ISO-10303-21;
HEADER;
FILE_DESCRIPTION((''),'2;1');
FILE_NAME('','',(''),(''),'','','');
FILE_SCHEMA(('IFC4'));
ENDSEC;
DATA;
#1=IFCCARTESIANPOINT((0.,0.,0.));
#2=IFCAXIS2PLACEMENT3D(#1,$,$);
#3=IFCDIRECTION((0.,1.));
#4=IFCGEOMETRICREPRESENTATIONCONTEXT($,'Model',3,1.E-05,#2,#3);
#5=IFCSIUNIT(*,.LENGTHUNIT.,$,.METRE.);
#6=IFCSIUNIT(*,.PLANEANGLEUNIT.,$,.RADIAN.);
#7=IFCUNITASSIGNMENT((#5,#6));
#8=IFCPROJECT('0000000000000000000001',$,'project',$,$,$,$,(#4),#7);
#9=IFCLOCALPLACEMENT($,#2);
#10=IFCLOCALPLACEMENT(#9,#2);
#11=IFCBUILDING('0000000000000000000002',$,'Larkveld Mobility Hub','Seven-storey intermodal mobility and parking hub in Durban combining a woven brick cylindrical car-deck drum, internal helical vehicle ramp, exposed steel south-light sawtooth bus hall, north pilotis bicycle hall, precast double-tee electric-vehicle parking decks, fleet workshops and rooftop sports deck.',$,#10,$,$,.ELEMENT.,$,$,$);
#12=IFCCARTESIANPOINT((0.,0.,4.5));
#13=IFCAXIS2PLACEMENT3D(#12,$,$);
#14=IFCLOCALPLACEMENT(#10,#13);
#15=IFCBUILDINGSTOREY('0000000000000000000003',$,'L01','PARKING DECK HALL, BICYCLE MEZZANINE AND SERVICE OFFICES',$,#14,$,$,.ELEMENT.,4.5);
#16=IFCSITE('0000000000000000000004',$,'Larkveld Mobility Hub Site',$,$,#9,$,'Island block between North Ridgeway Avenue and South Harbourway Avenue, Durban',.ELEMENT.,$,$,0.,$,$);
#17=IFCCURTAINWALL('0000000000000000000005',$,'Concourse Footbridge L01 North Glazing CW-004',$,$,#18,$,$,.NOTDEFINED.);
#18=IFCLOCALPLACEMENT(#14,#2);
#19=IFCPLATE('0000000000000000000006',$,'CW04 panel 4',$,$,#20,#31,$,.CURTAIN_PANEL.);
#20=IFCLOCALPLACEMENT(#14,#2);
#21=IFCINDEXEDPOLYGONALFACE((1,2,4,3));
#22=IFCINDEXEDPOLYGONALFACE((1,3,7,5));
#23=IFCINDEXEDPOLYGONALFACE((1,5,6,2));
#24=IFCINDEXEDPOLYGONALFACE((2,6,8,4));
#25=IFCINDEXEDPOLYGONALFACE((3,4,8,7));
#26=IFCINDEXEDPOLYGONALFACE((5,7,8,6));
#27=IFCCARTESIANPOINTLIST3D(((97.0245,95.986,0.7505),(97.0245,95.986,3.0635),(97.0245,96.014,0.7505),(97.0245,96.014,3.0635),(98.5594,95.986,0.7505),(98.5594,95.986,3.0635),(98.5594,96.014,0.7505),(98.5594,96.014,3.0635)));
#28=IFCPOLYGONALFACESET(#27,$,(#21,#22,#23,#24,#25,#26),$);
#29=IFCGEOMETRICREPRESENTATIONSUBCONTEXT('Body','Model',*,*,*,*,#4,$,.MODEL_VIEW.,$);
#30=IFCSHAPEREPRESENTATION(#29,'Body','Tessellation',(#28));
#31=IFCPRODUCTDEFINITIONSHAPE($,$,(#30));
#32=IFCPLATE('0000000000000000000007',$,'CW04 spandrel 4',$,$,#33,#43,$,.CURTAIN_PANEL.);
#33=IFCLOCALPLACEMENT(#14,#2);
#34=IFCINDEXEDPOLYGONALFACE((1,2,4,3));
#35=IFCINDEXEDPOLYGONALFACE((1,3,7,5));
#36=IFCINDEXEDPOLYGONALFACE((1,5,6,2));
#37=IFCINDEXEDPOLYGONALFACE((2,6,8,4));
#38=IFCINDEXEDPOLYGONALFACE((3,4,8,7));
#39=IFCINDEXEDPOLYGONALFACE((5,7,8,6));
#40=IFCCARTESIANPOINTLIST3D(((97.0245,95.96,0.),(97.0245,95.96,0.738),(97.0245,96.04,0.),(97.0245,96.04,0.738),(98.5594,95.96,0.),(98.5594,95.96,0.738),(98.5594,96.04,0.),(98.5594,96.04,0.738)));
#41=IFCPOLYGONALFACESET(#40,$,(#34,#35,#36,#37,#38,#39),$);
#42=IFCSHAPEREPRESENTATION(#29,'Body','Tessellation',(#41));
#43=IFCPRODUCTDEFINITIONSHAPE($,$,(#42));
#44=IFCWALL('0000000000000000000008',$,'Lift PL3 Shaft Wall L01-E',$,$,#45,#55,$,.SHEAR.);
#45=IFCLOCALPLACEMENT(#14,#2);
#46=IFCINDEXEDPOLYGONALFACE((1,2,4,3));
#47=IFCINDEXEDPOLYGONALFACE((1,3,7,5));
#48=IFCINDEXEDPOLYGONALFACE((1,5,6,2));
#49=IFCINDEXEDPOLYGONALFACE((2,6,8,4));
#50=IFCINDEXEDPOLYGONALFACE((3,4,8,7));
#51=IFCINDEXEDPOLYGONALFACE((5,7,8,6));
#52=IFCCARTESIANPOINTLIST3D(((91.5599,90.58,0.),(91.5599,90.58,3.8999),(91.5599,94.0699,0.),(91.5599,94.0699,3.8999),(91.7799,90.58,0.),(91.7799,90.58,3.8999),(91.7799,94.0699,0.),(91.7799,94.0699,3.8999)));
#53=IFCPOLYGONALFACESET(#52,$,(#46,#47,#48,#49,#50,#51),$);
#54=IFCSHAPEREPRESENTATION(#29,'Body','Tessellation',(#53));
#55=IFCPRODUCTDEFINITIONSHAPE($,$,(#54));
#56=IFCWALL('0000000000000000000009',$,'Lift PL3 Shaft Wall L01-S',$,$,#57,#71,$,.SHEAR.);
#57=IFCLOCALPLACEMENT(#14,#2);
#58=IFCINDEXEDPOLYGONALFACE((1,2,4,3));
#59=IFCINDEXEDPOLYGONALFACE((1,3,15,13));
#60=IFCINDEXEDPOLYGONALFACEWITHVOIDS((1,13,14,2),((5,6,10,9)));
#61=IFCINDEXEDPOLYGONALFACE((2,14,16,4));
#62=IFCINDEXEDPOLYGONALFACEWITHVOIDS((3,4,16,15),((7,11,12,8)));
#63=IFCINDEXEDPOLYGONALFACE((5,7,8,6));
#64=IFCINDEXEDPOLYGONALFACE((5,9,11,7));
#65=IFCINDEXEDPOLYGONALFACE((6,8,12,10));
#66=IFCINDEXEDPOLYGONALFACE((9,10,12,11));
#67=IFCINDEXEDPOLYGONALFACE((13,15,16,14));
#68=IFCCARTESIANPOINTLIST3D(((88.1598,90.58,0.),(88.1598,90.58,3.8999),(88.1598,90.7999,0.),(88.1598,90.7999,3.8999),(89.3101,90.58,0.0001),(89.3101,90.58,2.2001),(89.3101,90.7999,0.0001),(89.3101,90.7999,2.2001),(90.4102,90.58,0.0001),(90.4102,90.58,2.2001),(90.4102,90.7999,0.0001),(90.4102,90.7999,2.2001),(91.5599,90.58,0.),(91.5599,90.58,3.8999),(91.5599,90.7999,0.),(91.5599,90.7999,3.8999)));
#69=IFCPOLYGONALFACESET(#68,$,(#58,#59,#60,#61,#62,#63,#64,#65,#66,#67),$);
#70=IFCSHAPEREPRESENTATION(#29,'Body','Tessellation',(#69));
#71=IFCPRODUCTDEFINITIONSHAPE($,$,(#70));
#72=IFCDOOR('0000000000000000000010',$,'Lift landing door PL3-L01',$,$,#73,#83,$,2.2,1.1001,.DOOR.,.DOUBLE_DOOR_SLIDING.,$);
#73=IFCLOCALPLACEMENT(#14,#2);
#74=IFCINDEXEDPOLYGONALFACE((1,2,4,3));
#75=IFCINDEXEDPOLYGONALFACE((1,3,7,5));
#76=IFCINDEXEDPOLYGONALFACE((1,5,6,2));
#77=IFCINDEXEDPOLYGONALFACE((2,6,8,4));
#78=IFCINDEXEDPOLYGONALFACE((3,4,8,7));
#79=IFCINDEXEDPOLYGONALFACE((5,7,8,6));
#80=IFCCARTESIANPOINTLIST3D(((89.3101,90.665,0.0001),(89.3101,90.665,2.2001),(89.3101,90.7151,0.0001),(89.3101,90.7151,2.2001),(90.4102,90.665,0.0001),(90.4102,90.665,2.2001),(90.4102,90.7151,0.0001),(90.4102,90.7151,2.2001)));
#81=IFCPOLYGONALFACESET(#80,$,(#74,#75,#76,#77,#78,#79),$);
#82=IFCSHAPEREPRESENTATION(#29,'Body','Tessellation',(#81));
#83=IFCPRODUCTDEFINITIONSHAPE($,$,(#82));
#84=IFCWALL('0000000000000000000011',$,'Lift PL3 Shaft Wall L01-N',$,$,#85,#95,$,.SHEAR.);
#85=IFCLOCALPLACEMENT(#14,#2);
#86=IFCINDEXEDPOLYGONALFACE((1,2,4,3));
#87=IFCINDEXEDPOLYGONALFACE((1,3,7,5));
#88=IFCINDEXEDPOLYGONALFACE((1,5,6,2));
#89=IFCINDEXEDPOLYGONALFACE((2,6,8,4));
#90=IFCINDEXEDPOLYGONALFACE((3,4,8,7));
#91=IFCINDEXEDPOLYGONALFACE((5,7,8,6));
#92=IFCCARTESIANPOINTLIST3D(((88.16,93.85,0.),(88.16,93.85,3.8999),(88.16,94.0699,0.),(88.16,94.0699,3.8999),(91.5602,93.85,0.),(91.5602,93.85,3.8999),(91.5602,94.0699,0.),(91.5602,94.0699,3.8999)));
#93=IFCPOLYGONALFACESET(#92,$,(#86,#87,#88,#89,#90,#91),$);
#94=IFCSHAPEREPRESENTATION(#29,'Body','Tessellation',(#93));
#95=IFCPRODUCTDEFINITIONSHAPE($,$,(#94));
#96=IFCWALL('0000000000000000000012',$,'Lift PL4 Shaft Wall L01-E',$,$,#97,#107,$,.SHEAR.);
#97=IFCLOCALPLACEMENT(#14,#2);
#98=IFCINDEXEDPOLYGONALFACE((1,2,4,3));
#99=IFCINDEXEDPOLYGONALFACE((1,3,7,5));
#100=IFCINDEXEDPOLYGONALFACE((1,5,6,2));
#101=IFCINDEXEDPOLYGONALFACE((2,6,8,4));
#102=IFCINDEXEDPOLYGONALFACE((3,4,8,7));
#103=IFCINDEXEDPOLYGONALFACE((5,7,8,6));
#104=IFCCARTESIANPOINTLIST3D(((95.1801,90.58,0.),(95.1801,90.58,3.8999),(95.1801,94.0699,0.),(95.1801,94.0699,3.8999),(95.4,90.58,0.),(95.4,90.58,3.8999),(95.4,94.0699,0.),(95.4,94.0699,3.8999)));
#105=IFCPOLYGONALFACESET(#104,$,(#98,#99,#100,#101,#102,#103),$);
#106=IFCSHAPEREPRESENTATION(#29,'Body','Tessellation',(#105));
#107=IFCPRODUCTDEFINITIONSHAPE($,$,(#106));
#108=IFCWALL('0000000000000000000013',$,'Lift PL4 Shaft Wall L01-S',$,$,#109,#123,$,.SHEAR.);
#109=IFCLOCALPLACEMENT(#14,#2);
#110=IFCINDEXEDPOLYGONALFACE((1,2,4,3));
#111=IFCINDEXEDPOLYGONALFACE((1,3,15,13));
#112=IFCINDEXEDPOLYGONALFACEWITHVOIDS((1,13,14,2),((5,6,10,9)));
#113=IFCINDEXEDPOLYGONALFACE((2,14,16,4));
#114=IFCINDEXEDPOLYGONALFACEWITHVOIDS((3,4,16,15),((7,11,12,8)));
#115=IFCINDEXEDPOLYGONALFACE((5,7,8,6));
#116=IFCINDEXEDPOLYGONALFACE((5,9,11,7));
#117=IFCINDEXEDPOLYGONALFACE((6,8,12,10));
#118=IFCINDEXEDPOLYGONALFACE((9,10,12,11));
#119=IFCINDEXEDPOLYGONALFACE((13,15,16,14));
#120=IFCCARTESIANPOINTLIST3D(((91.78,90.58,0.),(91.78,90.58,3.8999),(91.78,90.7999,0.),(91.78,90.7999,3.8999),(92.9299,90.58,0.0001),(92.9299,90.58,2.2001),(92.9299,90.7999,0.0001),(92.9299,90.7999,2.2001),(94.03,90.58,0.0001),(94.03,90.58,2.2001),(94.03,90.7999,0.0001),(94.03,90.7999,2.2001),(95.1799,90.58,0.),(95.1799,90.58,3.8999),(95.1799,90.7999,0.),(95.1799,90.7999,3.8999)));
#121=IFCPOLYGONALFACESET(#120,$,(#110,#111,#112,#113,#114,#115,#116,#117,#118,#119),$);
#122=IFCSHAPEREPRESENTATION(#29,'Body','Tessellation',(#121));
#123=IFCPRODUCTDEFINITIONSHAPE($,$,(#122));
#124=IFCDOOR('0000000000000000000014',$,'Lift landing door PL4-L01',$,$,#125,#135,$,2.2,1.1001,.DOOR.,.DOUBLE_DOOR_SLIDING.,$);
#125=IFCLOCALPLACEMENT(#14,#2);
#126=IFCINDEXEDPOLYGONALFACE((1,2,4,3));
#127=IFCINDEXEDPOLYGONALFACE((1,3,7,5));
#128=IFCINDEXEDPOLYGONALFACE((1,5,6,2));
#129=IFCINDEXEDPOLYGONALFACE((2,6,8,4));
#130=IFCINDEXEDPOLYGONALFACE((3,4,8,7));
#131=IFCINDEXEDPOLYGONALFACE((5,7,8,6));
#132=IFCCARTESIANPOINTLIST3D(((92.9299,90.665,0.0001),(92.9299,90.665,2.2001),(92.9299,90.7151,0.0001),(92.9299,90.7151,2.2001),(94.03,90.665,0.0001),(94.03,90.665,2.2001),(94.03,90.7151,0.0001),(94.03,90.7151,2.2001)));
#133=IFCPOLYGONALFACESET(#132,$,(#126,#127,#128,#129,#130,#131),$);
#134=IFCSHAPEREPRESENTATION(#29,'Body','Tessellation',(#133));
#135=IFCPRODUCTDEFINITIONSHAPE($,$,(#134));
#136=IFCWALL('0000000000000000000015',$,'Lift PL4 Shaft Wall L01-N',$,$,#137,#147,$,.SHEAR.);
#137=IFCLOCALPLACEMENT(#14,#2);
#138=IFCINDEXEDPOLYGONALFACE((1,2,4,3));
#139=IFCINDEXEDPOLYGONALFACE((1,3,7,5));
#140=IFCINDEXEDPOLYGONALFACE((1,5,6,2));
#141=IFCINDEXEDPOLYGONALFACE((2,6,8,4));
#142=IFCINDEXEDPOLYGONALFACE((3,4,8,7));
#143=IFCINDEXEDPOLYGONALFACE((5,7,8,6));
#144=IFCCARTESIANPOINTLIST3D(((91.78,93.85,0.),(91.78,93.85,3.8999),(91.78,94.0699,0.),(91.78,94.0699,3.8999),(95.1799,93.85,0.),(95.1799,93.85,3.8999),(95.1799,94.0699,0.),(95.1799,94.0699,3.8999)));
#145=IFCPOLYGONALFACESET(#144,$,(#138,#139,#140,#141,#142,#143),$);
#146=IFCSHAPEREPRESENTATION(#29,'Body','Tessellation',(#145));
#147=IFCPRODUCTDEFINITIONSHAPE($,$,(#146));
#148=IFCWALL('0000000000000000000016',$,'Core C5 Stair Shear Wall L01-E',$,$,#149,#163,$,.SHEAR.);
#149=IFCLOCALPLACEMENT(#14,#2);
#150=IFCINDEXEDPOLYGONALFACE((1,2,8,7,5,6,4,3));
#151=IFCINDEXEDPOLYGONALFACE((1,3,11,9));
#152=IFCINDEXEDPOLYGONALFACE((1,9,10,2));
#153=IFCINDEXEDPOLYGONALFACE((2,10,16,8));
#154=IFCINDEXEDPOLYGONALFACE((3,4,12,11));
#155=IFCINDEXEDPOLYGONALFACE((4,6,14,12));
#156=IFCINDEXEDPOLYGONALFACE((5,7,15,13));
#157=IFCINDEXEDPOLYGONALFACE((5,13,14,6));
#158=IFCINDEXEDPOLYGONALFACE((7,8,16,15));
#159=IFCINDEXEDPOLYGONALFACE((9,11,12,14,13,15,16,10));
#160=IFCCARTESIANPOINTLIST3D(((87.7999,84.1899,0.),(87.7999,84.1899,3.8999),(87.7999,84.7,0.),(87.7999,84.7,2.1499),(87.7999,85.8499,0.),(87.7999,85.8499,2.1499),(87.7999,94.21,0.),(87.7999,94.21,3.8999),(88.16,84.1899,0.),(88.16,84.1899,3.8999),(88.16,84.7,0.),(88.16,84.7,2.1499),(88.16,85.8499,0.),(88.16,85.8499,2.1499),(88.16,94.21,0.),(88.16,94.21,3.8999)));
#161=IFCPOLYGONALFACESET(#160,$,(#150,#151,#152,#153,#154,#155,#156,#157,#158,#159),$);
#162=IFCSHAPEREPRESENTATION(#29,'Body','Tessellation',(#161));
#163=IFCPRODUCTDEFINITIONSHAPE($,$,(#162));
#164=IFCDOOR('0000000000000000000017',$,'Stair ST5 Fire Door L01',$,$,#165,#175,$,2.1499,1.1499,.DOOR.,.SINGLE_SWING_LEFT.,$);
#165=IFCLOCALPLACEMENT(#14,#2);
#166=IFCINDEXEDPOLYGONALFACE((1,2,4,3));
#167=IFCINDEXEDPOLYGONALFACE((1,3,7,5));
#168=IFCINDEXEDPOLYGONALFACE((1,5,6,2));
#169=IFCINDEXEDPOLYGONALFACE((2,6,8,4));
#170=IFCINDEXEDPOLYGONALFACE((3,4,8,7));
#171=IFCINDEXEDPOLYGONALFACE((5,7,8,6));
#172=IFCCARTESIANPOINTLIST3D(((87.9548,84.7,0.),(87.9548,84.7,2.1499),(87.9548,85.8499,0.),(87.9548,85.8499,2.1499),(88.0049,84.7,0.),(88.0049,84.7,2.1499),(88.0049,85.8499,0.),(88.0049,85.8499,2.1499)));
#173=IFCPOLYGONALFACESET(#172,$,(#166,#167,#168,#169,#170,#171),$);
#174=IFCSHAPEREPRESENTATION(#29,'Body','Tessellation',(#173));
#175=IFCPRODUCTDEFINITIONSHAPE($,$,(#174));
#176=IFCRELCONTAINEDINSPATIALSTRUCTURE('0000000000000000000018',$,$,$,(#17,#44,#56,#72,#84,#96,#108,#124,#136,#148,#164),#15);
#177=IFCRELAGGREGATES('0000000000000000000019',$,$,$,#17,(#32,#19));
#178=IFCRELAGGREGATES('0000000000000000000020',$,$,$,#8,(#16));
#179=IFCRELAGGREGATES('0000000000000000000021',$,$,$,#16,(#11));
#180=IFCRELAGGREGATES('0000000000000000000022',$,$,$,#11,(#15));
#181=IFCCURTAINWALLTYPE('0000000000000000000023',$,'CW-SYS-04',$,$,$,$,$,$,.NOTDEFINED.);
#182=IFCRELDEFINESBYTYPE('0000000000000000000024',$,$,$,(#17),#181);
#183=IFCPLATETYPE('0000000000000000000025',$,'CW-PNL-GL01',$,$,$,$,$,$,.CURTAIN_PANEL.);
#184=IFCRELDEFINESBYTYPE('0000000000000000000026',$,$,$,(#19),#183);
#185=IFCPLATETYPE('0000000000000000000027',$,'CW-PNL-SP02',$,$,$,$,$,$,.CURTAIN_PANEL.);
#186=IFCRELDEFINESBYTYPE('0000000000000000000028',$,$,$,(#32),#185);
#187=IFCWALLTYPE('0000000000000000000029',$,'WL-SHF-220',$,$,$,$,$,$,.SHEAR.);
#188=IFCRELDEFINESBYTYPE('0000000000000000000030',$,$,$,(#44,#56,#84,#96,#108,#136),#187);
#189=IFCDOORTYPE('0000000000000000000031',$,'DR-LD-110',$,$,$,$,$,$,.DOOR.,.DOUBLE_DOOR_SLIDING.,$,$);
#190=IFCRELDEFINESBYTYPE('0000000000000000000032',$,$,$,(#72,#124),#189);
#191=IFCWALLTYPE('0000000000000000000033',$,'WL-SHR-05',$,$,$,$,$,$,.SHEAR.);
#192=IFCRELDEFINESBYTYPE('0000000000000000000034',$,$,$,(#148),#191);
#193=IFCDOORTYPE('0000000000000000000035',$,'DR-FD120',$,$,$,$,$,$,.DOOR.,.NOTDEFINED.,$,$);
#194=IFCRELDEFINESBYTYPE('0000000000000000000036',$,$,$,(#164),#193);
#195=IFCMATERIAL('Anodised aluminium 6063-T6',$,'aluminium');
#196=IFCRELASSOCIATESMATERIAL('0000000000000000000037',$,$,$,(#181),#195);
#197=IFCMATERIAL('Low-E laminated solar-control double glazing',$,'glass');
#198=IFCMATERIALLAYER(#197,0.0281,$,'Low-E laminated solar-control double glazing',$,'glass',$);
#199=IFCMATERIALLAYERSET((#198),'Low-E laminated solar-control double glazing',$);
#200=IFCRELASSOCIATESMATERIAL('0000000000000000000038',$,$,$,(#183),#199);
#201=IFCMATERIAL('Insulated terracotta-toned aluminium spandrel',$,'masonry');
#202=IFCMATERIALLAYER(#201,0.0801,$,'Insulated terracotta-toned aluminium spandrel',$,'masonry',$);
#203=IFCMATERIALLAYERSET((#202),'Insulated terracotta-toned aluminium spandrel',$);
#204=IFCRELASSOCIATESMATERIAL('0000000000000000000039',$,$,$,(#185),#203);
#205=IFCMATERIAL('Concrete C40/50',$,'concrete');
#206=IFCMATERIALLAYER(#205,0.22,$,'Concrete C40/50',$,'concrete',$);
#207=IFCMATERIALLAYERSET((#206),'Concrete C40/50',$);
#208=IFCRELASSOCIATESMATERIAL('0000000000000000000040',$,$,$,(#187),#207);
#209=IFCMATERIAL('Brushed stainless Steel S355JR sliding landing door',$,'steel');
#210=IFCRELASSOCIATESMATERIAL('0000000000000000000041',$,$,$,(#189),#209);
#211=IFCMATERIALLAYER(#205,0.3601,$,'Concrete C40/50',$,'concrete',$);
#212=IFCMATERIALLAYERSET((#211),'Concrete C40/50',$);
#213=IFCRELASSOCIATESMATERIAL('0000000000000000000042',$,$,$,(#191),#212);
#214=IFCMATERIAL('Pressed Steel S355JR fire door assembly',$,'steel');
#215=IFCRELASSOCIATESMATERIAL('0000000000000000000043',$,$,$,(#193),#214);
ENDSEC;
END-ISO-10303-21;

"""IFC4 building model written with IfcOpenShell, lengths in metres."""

from ifc_helpers import new_model, si_unit, direction, frame, frame_2d, origin, origin_2d, place, context, subcontext, project, spatial, rectangle, extrude, material, layer, layer_set, type_object, element, fill, aggregate, save


model = new_model("IFC4")

# Units and contexts
model_context = context("Model", 3, precision=1e-05, world=origin(), true_north=direction((0.0, 1.0)))
body_context = subcontext(model_context, "Body", "Model", "MODEL_VIEW")
ifc_project = project(units=[si_unit("LENGTHUNIT", "METRE"), si_unit("PLANEANGLEUNIT", "RADIAN")], contexts=[model_context])

# Site, building, storey
site_placement = place(None, origin())
site = spatial("IfcSite", under=ifc_project, at=site_placement, Name="Larkveld Mobility Hub Site", LongName="Island block between North Ridgeway Avenue and South Harbourway Avenue, Durban", CompositionType="ELEMENT", RefElevation=0.0)
building_placement = place(site_placement, origin())
building = spatial("IfcBuilding", under=site, at=building_placement, Name="Larkveld Mobility Hub", Description="Seven-storey intermodal mobility and parking hub in Durban combining a woven brick cylindrical car-deck drum, internal helical vehicle ramp, exposed steel south-light sawtooth bus hall, north pilotis bicycle hall, precast double-tee electric-vehicle parking decks, fleet workshops and rooftop sports deck.", CompositionType="ELEMENT")
storey_placement = place(building_placement, frame((0.0, 0.0, 4.5)))
storey = spatial("IfcBuildingStorey", under=building, at=storey_placement, Name="L01", Description="PARKING DECK HALL, BICYCLE MEZZANINE AND SERVICE OFFICES", CompositionType="ELEMENT", Elevation=4.5)

# Shared definitions
ifc_material_1 = material(Name="Concrete C40/50", Category="concrete")

# Curtain wall, plates
ifc_material_2 = material(Name="Anodised aluminium 6063-T6", Category="aluminium")
curtain_wall_type = type_object("IfcCurtainWallType", Name="CW-SYS-04", PredefinedType="NOTDEFINED", material=ifc_material_2)
curtain_wall_placement = place(storey_placement, origin())
curtain_wall = element("IfcCurtainWall", 1, at=curtain_wall_placement, inside=storey, type_object=curtain_wall_type, Name="Concourse Footbridge L01 North Glazing CW-004", PredefinedType="NOTDEFINED")
ifc_material_3 = material(Name="Low-E laminated solar-control double glazing", Category="glass")
ifc_layer_1 = layer(ifc_material_3, 0.0281, Name="Low-E laminated solar-control double glazing", Category="glass")
ifc_layer_set_1 = layer_set([ifc_layer_1], Name="Low-E laminated solar-control double glazing")
plate_type_1 = type_object("IfcPlateType", Name="CW-PNL-GL01", PredefinedType="CURTAIN_PANEL", material=ifc_layer_set_1)
plate_1_placement = place(storey_placement, frame((97.792, 96.0, 0.7505), z_axis=(0.0, 0.0, 1.0), x_axis=(-1.0, 0.0, 0.0)))
plate_1 = element("IfcPlate", 2, at=plate_1_placement, type_object=plate_type_1, Name="CW04 panel 4", PredefinedType="CURTAIN_PANEL", context=body_context, shape_type="SweptSolid", body=[
    extrude(rectangle(XDim=1.5349, YDim=0.0281, at=origin_2d()), origin(), (0.0, 0.0, 1.0), 2.313),
])
ifc_material_4 = material(Name="Insulated terracotta-toned aluminium spandrel", Category="masonry")
ifc_layer_2 = layer(ifc_material_4, 0.0801, Name="Insulated terracotta-toned aluminium spandrel", Category="masonry")
ifc_layer_set_2 = layer_set([ifc_layer_2], Name="Insulated terracotta-toned aluminium spandrel")
plate_type_2 = type_object("IfcPlateType", Name="CW-PNL-SP02", PredefinedType="CURTAIN_PANEL", material=ifc_layer_set_2)
plate_2_placement = place(storey_placement, frame((97.792, 96.0, 0.0), z_axis=(0.0, 0.0, 1.0), x_axis=(-1.0, 0.0, 0.0)))
plate_2 = element("IfcPlate", 3, at=plate_2_placement, type_object=plate_type_2, Name="CW04 spandrel 4", PredefinedType="CURTAIN_PANEL", context=body_context, shape_type="SweptSolid", body=[
    extrude(rectangle(XDim=1.5349, YDim=0.0801, at=origin_2d()), origin(), (0.0, 0.0, 1.0), 0.738),
])
aggregate(curtain_wall, [plate_2, plate_1])

# Wall
ifc_layer_3 = layer(ifc_material_1, 0.22, Name="Concrete C40/50", Category="concrete")
ifc_layer_set_3 = layer_set([ifc_layer_3], Name="Concrete C40/50")
wall_type_1 = type_object("IfcWallType", Name="WL-SHF-220", PredefinedType="SHEAR", material=ifc_layer_set_3)
wall_1_placement = place(storey_placement, frame((91.6699, 94.0701, 0.0), z_axis=(0.0, 0.0, 1.0), x_axis=(0.0, -1.0, 0.0)))
element("IfcWall", 4, at=wall_1_placement, inside=storey, type_object=wall_type_1, Name="Lift PL3 Shaft Wall L01-E", PredefinedType="SHEAR", context=body_context, shape_type="SweptSolid", body=[
    extrude(rectangle(XDim=3.49, YDim=0.22, at=frame_2d((1.7451, 0.0))), origin(), (0.0, 0.0, 1.0), 3.8999),
])

# Wall, opening, door
wall_2_placement = place(storey_placement, frame((91.5601, 90.6899, 0.0), z_axis=(0.0, 0.0, 1.0), x_axis=(-1.0, 0.0, 0.0)))
wall_2 = element("IfcWall", 5, at=wall_2_placement, inside=storey, type_object=wall_type_1, Name="Lift PL3 Shaft Wall L01-S", PredefinedType="SHEAR", context=body_context, shape_type="SweptSolid", body=[
    extrude(rectangle(XDim=3.4001, YDim=0.22, at=frame_2d((1.7002, 0.0))), origin(), (0.0, 0.0, 1.0), 3.8999),
])
opening_1_placement = place(wall_2_placement, frame((1.1499, 0.0, 0.0)))
opening_1 = element("IfcOpeningElement", 6, at=opening_1_placement, cuts=wall_2, PredefinedType="OPENING", context=body_context, shape_type="SweptSolid", body=[
    extrude(rectangle(XDim=1.1001, YDim=2.2, at=frame_2d((0.55, 1.1001))), frame((0.0, 0.1201, 0.0), z_axis=(0.0, -1.0, 0.0), x_axis=(1.0, 0.0, 0.0)), (0.0, 0.0, 1.0), 0.24),
])
ifc_material_5 = material(Name="Brushed stainless Steel S355JR sliding landing door", Category="steel")
door_type_1 = type_object("IfcDoorType", Name="DR-LD-110", OperationType="DOUBLE_DOOR_SLIDING", PredefinedType="DOOR", material=ifc_material_5)
door_1_placement = place(opening_1_placement, origin())
door_1 = element("IfcDoor", 7, at=door_1_placement, inside=storey, type_object=door_type_1, Name="Lift landing door PL3-L01", OperationType="DOUBLE_DOOR_SLIDING", OverallHeight=2.2, OverallWidth=1.1001, PredefinedType="DOOR", context=body_context, shape_type="SweptSolid", body=[
    extrude(rectangle(XDim=1.1001, YDim=2.2, at=frame_2d((0.55, 1.1001))), frame((0.0, 0.0249, 0.0), z_axis=(0.0, -1.0, 0.0), x_axis=(1.0, 0.0, 0.0)), (0.0, 0.0, 1.0), 0.05),
])
fill(opening_1, door_1)

# Walls
wall_3_placement = place(storey_placement, frame((88.1599, 93.96, 0.0), z_axis=(0.0, 0.0, 1.0), x_axis=(1.0, 0.0, 0.0)))
element("IfcWall", 8, at=wall_3_placement, inside=storey, type_object=wall_type_1, Name="Lift PL3 Shaft Wall L01-N", PredefinedType="SHEAR", context=body_context, shape_type="SweptSolid", body=[
    extrude(rectangle(XDim=3.4001, YDim=0.22, at=frame_2d((1.7002, 0.0))), origin(), (0.0, 0.0, 1.0), 3.8999),
])
wall_4_placement = place(storey_placement, frame((95.29, 94.0701, 0.0), z_axis=(0.0, 0.0, 1.0), x_axis=(0.0, -1.0, 0.0)))
element("IfcWall", 9, at=wall_4_placement, inside=storey, type_object=wall_type_1, Name="Lift PL4 Shaft Wall L01-E", PredefinedType="SHEAR", context=body_context, shape_type="SweptSolid", body=[
    extrude(rectangle(XDim=3.49, YDim=0.22, at=frame_2d((1.7451, 0.0))), origin(), (0.0, 0.0, 1.0), 3.8999),
])

# Wall, opening, door
wall_5_placement = place(storey_placement, frame((95.1799, 90.6899, 0.0), z_axis=(0.0, 0.0, 1.0), x_axis=(-1.0, 0.0, 0.0)))
wall_5 = element("IfcWall", 10, at=wall_5_placement, inside=storey, type_object=wall_type_1, Name="Lift PL4 Shaft Wall L01-S", PredefinedType="SHEAR", context=body_context, shape_type="SweptSolid", body=[
    extrude(rectangle(XDim=3.3999, YDim=0.22, at=frame_2d((1.7, 0.0))), origin(), (0.0, 0.0, 1.0), 3.8999),
])
opening_2_placement = place(wall_5_placement, frame((1.1499, 0.0, 0.0)))
opening_2 = element("IfcOpeningElement", 11, at=opening_2_placement, cuts=wall_5, PredefinedType="OPENING", context=body_context, shape_type="SweptSolid", body=[
    extrude(rectangle(XDim=1.1001, YDim=2.2, at=frame_2d((0.55, 1.1001))), frame((0.0, 0.1201, 0.0), z_axis=(0.0, -1.0, 0.0), x_axis=(1.0, 0.0, 0.0)), (0.0, 0.0, 1.0), 0.24),
])
door_2_placement = place(opening_2_placement, origin())
door_2 = element("IfcDoor", 12, at=door_2_placement, inside=storey, type_object=door_type_1, Name="Lift landing door PL4-L01", OperationType="DOUBLE_DOOR_SLIDING", OverallHeight=2.2, OverallWidth=1.1001, PredefinedType="DOOR", context=body_context, shape_type="SweptSolid", body=[
    extrude(rectangle(XDim=1.1001, YDim=2.2, at=frame_2d((0.55, 1.1001))), frame((0.0, 0.0249, 0.0), z_axis=(0.0, -1.0, 0.0), x_axis=(1.0, 0.0, 0.0)), (0.0, 0.0, 1.0), 0.05),
])
fill(opening_2, door_2)

# Wall
wall_6_placement = place(storey_placement, frame((91.78, 93.96, 0.0), z_axis=(0.0, 0.0, 1.0), x_axis=(1.0, 0.0, 0.0)))
element("IfcWall", 13, at=wall_6_placement, inside=storey, type_object=wall_type_1, Name="Lift PL4 Shaft Wall L01-N", PredefinedType="SHEAR", context=body_context, shape_type="SweptSolid", body=[
    extrude(rectangle(XDim=3.3999, YDim=0.22, at=frame_2d((1.7, 0.0))), origin(), (0.0, 0.0, 1.0), 3.8999),
])

# Wall, opening, door
ifc_layer_4 = layer(ifc_material_1, 0.3601, Name="Concrete C40/50", Category="concrete")
ifc_layer_set_4 = layer_set([ifc_layer_4], Name="Concrete C40/50")
wall_type_2 = type_object("IfcWallType", Name="WL-SHR-05", PredefinedType="SHEAR", material=ifc_layer_set_4)
wall_7_placement = place(storey_placement, frame((87.98, 94.21, 0.0), z_axis=(0.0, 0.0, 1.0), x_axis=(0.0, -1.0, 0.0)))
wall_7 = element("IfcWall", 14, at=wall_7_placement, inside=storey, type_object=wall_type_2, Name="Core C5 Stair Shear Wall L01-E", PredefinedType="SHEAR", context=body_context, shape_type="SweptSolid", body=[
    extrude(rectangle(XDim=10.02, YDim=0.3601, at=frame_2d((5.01, 0.0))), origin(), (0.0, 0.0, 1.0), 3.8999),
])
opening_3_placement = place(wall_7_placement, frame((8.3601, 0.0, 0.0)))
opening_3 = element("IfcOpeningElement", 15, at=opening_3_placement, cuts=wall_7, PredefinedType="OPENING", context=body_context, shape_type="SweptSolid", body=[
    extrude(rectangle(XDim=1.1499, YDim=2.1499, at=frame_2d((0.575, 1.075))), frame((0.0, 0.1899, 0.0), z_axis=(0.0, -1.0, 0.0), x_axis=(1.0, 0.0, 0.0)), (0.0, 0.0, 1.0), 0.3801),
])
ifc_material_6 = material(Name="Pressed Steel S355JR fire door assembly", Category="steel")
door_type_2 = type_object("IfcDoorType", Name="DR-FD120", OperationType="NOTDEFINED", PredefinedType="DOOR", material=ifc_material_6)
door_3_placement = place(opening_3_placement, origin())
door_3 = element("IfcDoor", 16, at=door_3_placement, inside=storey, type_object=door_type_2, Name="Stair ST5 Fire Door L01", OperationType="SINGLE_SWING_LEFT", OverallHeight=2.1499, OverallWidth=1.1499, PredefinedType="DOOR", context=body_context, shape_type="SweptSolid", body=[
    extrude(rectangle(XDim=1.1499, YDim=2.1499, at=frame_2d((0.575, 1.075))), frame((0.0, 0.0249, 0.0), z_axis=(0.0, -1.0, 0.0), x_axis=(1.0, 0.0, 0.0)), (0.0, 0.0, 1.0), 0.05),
])
fill(opening_3, door_3)

save(model, "model.ifc")
